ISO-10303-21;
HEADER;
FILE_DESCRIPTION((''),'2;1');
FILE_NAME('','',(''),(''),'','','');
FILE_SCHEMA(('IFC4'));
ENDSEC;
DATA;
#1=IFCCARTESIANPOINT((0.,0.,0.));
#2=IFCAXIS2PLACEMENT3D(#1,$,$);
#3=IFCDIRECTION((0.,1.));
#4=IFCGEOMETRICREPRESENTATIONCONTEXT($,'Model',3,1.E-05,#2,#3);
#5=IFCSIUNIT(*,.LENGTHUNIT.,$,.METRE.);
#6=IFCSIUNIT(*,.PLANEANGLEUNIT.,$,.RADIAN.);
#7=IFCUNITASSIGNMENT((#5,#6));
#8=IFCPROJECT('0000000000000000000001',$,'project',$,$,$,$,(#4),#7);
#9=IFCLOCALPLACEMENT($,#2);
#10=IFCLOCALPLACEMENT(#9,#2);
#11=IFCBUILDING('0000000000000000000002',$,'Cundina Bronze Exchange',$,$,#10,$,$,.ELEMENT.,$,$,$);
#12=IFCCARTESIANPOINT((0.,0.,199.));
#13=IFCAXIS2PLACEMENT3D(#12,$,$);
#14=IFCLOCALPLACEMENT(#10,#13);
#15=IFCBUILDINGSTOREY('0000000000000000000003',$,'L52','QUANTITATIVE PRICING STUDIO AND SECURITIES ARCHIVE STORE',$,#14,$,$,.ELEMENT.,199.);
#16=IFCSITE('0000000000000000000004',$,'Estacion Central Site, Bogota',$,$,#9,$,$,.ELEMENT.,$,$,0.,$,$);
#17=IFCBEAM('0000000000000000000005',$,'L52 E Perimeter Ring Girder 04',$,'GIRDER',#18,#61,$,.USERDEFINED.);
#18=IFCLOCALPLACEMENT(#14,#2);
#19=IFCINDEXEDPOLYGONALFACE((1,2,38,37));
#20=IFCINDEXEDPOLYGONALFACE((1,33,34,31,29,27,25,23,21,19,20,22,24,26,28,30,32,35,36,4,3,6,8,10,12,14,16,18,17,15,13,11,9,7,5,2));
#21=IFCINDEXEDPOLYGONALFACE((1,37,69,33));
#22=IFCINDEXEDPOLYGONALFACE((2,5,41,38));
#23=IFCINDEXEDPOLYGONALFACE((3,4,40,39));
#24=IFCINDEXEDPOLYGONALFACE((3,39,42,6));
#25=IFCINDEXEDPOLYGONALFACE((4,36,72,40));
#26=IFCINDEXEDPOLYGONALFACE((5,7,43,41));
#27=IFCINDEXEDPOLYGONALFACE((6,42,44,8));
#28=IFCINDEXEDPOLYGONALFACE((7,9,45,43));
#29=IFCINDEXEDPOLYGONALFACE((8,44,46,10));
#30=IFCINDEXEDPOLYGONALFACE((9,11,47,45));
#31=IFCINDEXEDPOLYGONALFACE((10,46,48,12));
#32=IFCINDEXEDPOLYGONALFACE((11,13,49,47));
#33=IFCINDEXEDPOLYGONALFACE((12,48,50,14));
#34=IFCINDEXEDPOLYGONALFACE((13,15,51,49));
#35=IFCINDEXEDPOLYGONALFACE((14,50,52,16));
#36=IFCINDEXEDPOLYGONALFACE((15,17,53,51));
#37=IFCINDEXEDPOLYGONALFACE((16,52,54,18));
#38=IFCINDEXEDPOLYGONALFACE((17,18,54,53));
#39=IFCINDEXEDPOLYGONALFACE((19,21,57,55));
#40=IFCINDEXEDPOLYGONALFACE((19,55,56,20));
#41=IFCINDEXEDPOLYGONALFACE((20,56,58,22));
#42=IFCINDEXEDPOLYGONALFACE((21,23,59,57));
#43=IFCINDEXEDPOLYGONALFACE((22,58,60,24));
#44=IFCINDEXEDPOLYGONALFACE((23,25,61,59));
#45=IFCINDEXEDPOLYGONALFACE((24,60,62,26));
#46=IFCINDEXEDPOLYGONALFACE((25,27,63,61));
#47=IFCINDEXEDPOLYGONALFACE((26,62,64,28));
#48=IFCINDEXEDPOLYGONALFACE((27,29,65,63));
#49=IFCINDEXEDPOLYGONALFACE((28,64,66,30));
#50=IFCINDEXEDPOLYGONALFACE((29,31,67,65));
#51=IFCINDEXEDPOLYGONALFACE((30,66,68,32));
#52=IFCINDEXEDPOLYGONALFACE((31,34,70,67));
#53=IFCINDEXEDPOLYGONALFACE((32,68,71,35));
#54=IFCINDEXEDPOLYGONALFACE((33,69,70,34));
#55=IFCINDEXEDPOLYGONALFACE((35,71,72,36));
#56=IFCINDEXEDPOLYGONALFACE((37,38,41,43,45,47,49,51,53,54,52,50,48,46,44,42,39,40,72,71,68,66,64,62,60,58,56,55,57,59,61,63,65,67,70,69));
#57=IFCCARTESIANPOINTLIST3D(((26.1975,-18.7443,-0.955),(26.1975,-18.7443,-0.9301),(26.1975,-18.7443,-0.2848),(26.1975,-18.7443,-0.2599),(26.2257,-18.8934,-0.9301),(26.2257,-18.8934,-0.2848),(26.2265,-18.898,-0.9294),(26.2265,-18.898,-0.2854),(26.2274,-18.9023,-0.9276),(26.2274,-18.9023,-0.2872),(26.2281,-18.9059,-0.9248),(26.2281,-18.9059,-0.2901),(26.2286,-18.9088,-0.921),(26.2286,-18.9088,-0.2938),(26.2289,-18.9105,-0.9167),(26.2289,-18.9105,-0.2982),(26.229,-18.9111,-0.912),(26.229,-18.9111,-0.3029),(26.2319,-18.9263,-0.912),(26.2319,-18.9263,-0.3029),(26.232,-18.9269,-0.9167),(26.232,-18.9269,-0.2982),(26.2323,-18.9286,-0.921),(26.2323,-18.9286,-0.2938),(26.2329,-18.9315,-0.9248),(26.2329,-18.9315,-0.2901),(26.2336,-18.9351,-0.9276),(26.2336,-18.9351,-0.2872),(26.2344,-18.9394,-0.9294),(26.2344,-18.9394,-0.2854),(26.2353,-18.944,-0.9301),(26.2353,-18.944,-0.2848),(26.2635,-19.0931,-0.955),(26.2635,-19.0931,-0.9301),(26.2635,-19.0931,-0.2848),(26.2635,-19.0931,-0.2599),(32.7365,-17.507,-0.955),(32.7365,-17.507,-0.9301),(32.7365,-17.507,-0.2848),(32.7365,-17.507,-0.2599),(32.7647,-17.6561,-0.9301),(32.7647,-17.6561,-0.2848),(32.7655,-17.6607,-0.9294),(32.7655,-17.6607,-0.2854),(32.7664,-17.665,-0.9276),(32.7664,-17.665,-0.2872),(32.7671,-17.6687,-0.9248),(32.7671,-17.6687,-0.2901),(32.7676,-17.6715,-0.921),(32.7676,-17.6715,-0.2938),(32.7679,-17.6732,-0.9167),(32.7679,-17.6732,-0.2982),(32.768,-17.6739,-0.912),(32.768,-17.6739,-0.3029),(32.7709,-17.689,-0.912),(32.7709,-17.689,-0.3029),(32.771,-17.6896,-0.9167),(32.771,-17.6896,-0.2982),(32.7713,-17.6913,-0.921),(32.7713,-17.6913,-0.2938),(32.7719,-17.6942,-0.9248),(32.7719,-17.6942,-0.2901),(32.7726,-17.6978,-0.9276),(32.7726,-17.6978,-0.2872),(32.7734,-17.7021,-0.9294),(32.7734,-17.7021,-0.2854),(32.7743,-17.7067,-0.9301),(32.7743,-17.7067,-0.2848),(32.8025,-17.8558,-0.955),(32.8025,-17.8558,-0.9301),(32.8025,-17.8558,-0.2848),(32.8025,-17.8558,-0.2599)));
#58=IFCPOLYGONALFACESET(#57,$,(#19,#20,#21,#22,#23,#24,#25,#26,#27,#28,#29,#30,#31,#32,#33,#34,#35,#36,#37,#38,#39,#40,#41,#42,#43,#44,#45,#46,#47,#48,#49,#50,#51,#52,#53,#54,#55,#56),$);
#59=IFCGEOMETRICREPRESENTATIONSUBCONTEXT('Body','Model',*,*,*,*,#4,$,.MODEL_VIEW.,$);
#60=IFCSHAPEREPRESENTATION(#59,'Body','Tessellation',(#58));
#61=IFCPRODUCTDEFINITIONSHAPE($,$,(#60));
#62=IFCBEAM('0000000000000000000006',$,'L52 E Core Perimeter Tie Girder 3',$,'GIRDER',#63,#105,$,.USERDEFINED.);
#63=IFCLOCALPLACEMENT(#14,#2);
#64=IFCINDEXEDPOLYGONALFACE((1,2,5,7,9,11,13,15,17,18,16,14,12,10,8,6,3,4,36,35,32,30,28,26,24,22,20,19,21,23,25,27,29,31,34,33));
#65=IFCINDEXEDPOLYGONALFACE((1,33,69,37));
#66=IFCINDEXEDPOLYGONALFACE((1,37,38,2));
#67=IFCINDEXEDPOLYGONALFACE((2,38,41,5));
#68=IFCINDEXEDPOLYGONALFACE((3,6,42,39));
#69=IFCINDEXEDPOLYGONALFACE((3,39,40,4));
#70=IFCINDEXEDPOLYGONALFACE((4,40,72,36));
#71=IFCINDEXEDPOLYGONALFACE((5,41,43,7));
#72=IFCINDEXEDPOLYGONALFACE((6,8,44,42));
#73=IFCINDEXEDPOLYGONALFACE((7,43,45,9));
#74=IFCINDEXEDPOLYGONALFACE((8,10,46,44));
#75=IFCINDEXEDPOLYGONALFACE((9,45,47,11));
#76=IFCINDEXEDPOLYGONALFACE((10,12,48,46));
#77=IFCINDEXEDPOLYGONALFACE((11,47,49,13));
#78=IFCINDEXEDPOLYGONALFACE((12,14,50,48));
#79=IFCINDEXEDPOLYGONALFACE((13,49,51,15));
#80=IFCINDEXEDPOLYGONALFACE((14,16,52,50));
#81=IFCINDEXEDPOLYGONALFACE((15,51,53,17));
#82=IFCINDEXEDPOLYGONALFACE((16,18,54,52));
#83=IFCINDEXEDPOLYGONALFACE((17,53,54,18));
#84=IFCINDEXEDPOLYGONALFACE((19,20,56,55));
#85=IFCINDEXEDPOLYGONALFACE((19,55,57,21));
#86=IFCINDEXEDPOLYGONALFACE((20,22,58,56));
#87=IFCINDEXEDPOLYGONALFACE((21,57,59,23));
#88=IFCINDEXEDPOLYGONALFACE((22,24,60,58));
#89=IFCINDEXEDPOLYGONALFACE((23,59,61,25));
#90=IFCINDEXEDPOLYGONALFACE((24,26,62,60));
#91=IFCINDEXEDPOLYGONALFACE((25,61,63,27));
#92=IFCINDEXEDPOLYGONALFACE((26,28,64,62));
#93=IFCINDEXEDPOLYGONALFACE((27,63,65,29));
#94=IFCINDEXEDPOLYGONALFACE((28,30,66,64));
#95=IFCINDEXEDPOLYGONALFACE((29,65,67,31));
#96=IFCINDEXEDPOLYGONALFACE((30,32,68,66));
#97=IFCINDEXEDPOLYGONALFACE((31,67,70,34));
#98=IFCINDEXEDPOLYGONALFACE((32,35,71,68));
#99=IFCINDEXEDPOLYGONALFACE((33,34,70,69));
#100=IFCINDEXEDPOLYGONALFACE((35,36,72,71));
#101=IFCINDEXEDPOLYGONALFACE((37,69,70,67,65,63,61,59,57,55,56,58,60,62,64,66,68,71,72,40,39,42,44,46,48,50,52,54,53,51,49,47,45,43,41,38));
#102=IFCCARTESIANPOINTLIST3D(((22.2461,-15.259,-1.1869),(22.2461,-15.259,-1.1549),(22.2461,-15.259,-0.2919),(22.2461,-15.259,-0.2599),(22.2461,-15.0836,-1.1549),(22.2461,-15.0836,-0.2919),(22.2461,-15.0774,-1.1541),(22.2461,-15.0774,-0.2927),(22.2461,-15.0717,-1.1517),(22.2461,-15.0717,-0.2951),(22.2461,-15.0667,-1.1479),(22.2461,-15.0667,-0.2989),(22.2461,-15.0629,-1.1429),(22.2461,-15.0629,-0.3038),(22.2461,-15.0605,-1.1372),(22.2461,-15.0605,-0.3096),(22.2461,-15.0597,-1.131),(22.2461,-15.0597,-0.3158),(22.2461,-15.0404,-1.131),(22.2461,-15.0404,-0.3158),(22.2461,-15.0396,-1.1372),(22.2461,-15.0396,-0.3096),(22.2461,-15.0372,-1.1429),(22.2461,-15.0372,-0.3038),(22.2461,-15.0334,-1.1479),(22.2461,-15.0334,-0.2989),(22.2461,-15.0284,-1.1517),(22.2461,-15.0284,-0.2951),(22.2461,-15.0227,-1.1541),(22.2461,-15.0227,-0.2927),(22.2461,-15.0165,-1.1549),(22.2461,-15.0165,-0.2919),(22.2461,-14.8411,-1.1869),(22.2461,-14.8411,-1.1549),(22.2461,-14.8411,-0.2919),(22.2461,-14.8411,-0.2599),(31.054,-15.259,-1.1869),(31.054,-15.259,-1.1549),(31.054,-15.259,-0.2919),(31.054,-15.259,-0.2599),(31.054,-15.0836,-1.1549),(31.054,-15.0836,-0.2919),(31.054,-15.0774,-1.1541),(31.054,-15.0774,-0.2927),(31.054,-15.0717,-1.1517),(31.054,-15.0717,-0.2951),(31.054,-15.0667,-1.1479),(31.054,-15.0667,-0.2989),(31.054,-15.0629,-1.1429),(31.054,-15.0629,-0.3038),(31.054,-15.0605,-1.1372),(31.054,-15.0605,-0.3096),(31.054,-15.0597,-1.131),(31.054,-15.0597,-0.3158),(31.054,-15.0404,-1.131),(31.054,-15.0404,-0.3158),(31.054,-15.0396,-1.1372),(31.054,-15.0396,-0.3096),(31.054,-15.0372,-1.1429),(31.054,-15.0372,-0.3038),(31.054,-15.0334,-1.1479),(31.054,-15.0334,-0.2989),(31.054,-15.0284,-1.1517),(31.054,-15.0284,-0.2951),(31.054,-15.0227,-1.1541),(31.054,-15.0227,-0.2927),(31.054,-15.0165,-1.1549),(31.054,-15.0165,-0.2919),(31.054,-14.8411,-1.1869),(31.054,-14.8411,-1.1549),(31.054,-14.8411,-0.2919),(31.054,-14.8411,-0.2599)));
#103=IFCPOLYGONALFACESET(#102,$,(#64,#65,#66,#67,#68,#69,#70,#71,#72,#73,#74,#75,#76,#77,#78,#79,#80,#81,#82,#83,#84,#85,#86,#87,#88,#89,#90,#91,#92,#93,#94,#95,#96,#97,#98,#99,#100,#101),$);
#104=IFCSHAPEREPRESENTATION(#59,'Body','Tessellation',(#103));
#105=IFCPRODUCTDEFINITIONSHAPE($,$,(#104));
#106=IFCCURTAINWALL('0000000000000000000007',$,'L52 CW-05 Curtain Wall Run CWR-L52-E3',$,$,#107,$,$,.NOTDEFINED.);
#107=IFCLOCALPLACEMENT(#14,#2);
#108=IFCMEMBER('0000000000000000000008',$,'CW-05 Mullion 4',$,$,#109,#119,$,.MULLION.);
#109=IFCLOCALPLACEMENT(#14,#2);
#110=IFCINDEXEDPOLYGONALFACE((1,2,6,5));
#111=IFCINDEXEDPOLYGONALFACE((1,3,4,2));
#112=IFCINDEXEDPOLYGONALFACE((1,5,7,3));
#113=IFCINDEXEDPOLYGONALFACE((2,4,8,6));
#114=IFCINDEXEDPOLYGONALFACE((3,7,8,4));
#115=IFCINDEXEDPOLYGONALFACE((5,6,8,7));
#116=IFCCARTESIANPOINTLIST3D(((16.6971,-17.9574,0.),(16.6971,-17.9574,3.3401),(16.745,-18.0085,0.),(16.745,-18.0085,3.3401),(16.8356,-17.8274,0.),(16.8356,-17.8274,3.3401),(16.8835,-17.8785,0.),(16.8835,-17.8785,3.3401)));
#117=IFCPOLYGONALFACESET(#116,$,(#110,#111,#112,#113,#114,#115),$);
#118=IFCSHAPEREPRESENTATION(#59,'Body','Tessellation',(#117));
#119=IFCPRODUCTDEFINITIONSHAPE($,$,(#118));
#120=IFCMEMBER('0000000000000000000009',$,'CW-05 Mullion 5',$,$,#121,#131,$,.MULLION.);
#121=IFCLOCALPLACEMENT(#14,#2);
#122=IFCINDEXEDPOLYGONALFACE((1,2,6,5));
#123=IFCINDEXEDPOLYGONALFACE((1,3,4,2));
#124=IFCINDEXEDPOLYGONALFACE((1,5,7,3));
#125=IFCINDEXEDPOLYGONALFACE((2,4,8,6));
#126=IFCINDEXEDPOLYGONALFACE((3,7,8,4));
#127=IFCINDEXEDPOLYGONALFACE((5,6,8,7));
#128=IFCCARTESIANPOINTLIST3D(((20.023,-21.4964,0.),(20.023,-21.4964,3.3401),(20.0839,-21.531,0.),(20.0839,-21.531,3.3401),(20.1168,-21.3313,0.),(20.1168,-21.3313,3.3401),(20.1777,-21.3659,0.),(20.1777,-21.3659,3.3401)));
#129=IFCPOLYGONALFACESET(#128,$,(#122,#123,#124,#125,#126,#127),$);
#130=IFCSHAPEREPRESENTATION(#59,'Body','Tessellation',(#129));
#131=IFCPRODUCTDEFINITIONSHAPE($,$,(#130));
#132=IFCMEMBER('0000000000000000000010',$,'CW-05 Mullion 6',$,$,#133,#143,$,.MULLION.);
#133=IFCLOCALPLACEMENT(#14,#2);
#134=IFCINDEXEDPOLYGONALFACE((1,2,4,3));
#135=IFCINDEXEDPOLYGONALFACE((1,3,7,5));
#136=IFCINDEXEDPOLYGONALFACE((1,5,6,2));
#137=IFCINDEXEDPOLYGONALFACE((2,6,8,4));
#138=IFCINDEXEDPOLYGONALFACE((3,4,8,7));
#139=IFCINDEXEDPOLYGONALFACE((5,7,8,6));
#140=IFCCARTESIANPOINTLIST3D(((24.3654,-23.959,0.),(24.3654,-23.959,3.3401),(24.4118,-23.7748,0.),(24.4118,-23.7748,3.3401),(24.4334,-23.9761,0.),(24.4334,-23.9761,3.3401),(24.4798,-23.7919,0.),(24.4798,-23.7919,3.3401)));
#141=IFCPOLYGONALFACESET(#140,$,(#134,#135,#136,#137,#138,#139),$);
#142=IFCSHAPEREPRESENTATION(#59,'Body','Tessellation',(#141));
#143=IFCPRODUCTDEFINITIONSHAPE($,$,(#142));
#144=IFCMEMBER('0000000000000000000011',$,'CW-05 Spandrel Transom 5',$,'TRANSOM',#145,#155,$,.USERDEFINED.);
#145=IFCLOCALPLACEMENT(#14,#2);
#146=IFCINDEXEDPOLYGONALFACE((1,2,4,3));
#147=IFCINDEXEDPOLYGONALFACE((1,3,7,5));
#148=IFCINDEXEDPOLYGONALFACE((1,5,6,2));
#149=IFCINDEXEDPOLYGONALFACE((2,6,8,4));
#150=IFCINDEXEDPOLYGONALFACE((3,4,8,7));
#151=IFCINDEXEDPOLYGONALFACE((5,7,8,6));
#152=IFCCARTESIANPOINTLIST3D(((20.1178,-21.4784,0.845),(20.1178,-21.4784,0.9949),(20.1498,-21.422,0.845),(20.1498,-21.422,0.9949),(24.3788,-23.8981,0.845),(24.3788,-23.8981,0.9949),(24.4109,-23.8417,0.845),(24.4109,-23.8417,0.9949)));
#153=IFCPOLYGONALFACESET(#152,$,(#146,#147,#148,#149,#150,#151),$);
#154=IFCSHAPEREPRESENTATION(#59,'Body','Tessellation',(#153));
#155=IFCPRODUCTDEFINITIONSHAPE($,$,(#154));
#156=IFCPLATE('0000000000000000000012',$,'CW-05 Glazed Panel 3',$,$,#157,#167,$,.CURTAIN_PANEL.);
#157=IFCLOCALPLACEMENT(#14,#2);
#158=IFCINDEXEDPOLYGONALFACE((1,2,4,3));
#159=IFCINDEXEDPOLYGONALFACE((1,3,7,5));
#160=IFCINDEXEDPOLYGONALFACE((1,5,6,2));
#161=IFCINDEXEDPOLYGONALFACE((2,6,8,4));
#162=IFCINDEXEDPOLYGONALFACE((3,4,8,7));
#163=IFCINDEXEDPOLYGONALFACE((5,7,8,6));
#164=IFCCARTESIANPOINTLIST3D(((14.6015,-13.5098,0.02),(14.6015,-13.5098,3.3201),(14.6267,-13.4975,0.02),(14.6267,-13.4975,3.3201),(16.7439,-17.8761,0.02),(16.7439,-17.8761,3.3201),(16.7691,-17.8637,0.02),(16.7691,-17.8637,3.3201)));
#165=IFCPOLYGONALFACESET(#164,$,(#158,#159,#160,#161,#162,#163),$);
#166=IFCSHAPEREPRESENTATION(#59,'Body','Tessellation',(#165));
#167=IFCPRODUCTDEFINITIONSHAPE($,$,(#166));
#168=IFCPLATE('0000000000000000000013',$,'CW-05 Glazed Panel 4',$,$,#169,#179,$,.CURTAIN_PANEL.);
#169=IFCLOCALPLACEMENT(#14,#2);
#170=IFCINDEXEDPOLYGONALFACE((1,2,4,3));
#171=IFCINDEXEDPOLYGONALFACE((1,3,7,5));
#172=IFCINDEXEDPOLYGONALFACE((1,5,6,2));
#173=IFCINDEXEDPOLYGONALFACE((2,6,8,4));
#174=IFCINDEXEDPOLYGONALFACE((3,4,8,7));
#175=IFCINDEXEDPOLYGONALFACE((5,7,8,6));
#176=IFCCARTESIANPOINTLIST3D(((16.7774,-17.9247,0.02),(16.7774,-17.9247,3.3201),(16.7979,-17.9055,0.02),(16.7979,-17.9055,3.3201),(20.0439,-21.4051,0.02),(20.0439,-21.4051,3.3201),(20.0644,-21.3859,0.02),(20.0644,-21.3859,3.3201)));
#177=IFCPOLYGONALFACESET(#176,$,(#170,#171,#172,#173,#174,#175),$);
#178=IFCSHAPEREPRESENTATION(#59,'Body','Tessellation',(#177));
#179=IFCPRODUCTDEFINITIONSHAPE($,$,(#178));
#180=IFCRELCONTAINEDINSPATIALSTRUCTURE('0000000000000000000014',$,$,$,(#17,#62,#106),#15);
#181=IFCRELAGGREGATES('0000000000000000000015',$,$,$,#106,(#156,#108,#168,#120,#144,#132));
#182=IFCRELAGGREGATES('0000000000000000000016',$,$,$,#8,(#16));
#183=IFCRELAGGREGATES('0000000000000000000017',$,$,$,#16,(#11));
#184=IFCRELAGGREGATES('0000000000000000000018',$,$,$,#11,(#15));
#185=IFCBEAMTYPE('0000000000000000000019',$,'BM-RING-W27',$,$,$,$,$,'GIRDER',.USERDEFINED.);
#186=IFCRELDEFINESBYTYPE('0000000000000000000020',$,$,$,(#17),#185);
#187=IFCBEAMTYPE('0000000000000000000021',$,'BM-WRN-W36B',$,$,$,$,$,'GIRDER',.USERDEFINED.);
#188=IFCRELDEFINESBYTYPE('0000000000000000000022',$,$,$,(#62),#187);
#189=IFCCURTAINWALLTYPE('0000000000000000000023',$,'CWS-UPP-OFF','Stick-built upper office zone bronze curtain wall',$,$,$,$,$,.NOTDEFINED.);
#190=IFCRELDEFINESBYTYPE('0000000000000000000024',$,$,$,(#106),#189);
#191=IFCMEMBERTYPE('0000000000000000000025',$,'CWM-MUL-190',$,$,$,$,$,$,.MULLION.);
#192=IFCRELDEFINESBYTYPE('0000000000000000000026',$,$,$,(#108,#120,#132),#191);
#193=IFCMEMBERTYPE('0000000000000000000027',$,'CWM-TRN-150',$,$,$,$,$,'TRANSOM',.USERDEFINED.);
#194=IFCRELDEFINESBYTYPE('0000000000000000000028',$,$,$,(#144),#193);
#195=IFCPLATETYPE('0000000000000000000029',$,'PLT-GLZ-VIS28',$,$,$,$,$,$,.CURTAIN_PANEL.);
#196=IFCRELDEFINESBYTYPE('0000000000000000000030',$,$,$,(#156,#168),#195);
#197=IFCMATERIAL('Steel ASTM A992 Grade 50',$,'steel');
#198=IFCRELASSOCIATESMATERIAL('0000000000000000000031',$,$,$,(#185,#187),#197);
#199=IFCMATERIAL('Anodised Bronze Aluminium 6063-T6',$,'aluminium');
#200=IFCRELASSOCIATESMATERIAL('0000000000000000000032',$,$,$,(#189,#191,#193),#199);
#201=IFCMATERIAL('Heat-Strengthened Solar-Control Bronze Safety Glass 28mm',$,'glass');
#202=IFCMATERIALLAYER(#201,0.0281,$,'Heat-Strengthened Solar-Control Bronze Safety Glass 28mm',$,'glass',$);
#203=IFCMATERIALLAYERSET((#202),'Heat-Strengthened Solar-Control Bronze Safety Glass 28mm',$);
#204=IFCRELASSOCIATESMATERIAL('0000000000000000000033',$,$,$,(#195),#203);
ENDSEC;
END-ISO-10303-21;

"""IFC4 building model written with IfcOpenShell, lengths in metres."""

from ifc_helpers import new_model, si_unit, direction, frame, origin, origin_2d, place, context, subcontext, project, spatial, rectangle, i_section, extrude, material, layer, layer_set, material_profile, profile_set, type_object, element, aggregate, save


model = new_model("IFC4")

# Units and contexts
model_context = context("Model", 3, precision=1e-05, world=origin(), true_north=direction((0.0, 1.0)))
body_context = subcontext(model_context, "Body", "Model", "MODEL_VIEW")
ifc_project = project(units=[si_unit("LENGTHUNIT", "METRE"), si_unit("PLANEANGLEUNIT", "RADIAN")], contexts=[model_context])

# Site, building, storey
site_placement = place(None, origin())
site = spatial("IfcSite", under=ifc_project, at=site_placement, Name="Estacion Central Site, Bogota", CompositionType="ELEMENT", RefElevation=0.0)
building_placement = place(site_placement, origin())
building = spatial("IfcBuilding", under=site, at=building_placement, Name="Cundina Bronze Exchange", CompositionType="ELEMENT")
storey_placement = place(building_placement, frame((0.0, 0.0, 199.0)))
storey = spatial("IfcBuildingStorey", under=building, at=storey_placement, Name="L52", Description="QUANTITATIVE PRICING STUDIO AND SECURITIES ARCHIVE STORE", CompositionType="ELEMENT", Elevation=199.0)

# Shared definitions
ifc_material_1 = material(Name="Steel ASTM A992 Grade 50", Category="steel")

# Beams
ifc_material_profile_1 = material_profile(ifc_material_1, i_section(OverallWidth=0.355, OverallDepth=0.6951, WebThickness=0.0154, FlangeThickness=0.0249, FilletRadius=0.0181, at=origin_2d()), Name="W27X146", Category="steel")
ifc_profile_set_1 = profile_set([ifc_material_profile_1], Name="Steel ASTM A992 Grade 50")
beam_type_1 = type_object("IfcBeamType", Name="BM-RING-W27", ElementType="GIRDER", PredefinedType="USERDEFINED", material=ifc_profile_set_1)
beam_1_placement = place(storey_placement, frame((26.2305, -18.9187, -0.6074), z_axis=(0.982565, 0.185918, 0.0), x_axis=(-0.185918, 0.982565, 0.0)))
element("IfcBeam", 1, at=beam_1_placement, inside=storey, type_object=beam_type_1, Name="L52 E Perimeter Ring Girder 04", ObjectType="GIRDER", PredefinedType="USERDEFINED", context=body_context, shape_type="SweptSolid", body=[
    extrude(i_section(OverallWidth=0.355, OverallDepth=0.6951, WebThickness=0.0154, FlangeThickness=0.0249, FilletRadius=0.0181, at=origin_2d()), origin(), (0.0, 0.0, 1.0), 6.655),
])
ifc_material_profile_2 = material_profile(ifc_material_1, i_section(OverallWidth=0.418, OverallDepth=0.927, WebThickness=0.0193, FlangeThickness=0.032, FilletRadius=0.0239, at=origin_2d()), Name="W36X231", Category="steel")
ifc_profile_set_2 = profile_set([ifc_material_profile_2], Name="Steel ASTM A992 Grade 50")
beam_type_2 = type_object("IfcBeamType", Name="BM-WRN-W36B", ElementType="GIRDER", PredefinedType="USERDEFINED", material=ifc_profile_set_2)
beam_2_placement = place(storey_placement, frame((22.2461, -15.05, -0.7234), z_axis=(1.0, 0.0, 0.0), x_axis=(0.0, 1.0, 0.0)))
element("IfcBeam", 2, at=beam_2_placement, inside=storey, type_object=beam_type_2, Name="L52 E Core Perimeter Tie Girder 3", ObjectType="GIRDER", PredefinedType="USERDEFINED", context=body_context, shape_type="SweptSolid", body=[
    extrude(i_section(OverallWidth=0.418, OverallDepth=0.927, WebThickness=0.0193, FlangeThickness=0.032, FilletRadius=0.0239, at=origin_2d()), origin(), (0.0, 0.0, 1.0), 8.8079),
])

# Curtain wall, members, plates
ifc_material_2 = material(Name="Anodised Bronze Aluminium 6063-T6", Category="aluminium")
curtain_wall_type = type_object("IfcCurtainWallType", Name="CWS-UPP-OFF", Description="Stick-built upper office zone bronze curtain wall", PredefinedType="NOTDEFINED", material=ifc_material_2)
curtain_wall_placement = place(storey_placement, origin())
curtain_wall = element("IfcCurtainWall", 3, at=curtain_wall_placement, inside=storey, type_object=curtain_wall_type, Name="L52 CW-05 Curtain Wall Run CWR-L52-E3", PredefinedType="NOTDEFINED")
ifc_material_profile_3 = material_profile(ifc_material_2, rectangle(XDim=0.0701, YDim=0.1899, at=origin_2d()), Name="AL70X190", Category="aluminium")
ifc_profile_set_3 = profile_set([ifc_material_profile_3], Name="Anodised Bronze Aluminium 6063-T6")
member_type_1 = type_object("IfcMemberType", Name="CWM-MUL-190", PredefinedType="MULLION", material=ifc_profile_set_3)
member_1_placement = place(storey_placement, frame((16.7903, -17.918, 0.0), z_axis=(0.0, 0.0, 1.0), x_axis=(0.684293, -0.729208, 0.0)))
member_1 = element("IfcMember", 4, at=member_1_placement, type_object=member_type_1, Name="CW-05 Mullion 4", PredefinedType="MULLION", context=body_context, shape_type="SweptSolid", body=[
    extrude(rectangle(XDim=0.0701, YDim=0.1899, at=origin_2d()), origin(), (0.0, 0.0, 1.0), 3.3401),
])
member_2_placement = place(storey_placement, frame((20.1003, -21.4312, 0.0), z_axis=(0.0, 0.0, 1.0), x_axis=(0.869581, -0.49379, 0.0)))
member_2 = element("IfcMember", 5, at=member_2_placement, type_object=member_type_1, Name="CW-05 Mullion 5", PredefinedType="MULLION", context=body_context, shape_type="SweptSolid", body=[
    extrude(rectangle(XDim=0.0701, YDim=0.1899, at=origin_2d()), origin(), (0.0, 0.0, 1.0), 3.3401),
])
member_3_placement = place(storey_placement, frame((24.4226, -23.8755, 0.0), z_axis=(0.0, 0.0, 1.0), x_axis=(0.969744, -0.244123, 0.0)))
member_3 = element("IfcMember", 6, at=member_3_placement, type_object=member_type_1, Name="CW-05 Mullion 6", PredefinedType="MULLION", context=body_context, shape_type="SweptSolid", body=[
    extrude(rectangle(XDim=0.0701, YDim=0.1899, at=origin_2d()), origin(), (0.0, 0.0, 1.0), 3.3401),
])
ifc_material_profile_4 = material_profile(ifc_material_2, rectangle(XDim=0.0649, YDim=0.1499, at=origin_2d()), Name="AL65X150", Category="aluminium")
ifc_profile_set_4 = profile_set([ifc_material_profile_4], Name="Anodised Bronze Aluminium 6063-T6")
member_type_2 = type_object("IfcMemberType", Name="CWM-TRN-150", ElementType="TRANSOM", PredefinedType="USERDEFINED", material=ifc_profile_set_4)
member_4_placement = place(storey_placement, frame((20.1338, -21.4502, 0.9199), z_axis=(0.869574, -0.493803, 0.0), x_axis=(0.493803, 0.869574, 0.0)))
member_4 = element("IfcMember", 7, at=member_4_placement, type_object=member_type_2, Name="CW-05 Spandrel Transom 5", ObjectType="TRANSOM", PredefinedType="USERDEFINED", context=body_context, shape_type="SweptSolid", body=[
    extrude(rectangle(XDim=0.0649, YDim=0.1499, at=origin_2d()), origin(), (0.0, 0.0, 1.0), 4.9001),
])
ifc_material_3 = material(Name="Heat-Strengthened Solar-Control Bronze Safety Glass 28mm", Category="glass")
ifc_layer_1 = layer(ifc_material_3, 0.0281, Name="Heat-Strengthened Solar-Control Bronze Safety Glass 28mm", Category="glass")
ifc_layer_set_1 = layer_set([ifc_layer_1], Name="Heat-Strengthened Solar-Control Bronze Safety Glass 28mm")
plate_type_1 = type_object("IfcPlateType", Name="PLT-GLZ-VIS28", PredefinedType="CURTAIN_PANEL", material=ifc_layer_set_1)
plate_1_placement = place(storey_placement, frame((15.6853, -15.6868, 0.02), z_axis=(0.0, 0.0, 1.0), x_axis=(0.440503, -0.897751, 0.0)))
plate_1 = element("IfcPlate", 8, at=plate_1_placement, type_object=plate_type_1, Name="CW-05 Glazed Panel 3", PredefinedType="CURTAIN_PANEL", context=body_context, shape_type="SweptSolid", body=[
    extrude(rectangle(XDim=4.8635, YDim=0.0281, at=origin_2d()), origin(), (0.0, 0.0, 1.0), 3.3),
])
plate_2_placement = place(storey_placement, frame((18.4209, -19.6553, 0.02), z_axis=(0.0, 0.0, 1.0), x_axis=(0.684344, -0.72916, 0.0)))
plate_2 = element("IfcPlate", 9, at=plate_2_placement, type_object=plate_type_1, Name="CW-05 Glazed Panel 4", PredefinedType="CURTAIN_PANEL", context=body_context, shape_type="SweptSolid", body=[
    extrude(rectangle(XDim=4.7732, YDim=0.0281, at=origin_2d()), origin(), (0.0, 0.0, 1.0), 3.3),
])
aggregate(curtain_wall, [plate_1, member_1, plate_2, member_2, member_4, member_3])

save(model, "model.ifc")
